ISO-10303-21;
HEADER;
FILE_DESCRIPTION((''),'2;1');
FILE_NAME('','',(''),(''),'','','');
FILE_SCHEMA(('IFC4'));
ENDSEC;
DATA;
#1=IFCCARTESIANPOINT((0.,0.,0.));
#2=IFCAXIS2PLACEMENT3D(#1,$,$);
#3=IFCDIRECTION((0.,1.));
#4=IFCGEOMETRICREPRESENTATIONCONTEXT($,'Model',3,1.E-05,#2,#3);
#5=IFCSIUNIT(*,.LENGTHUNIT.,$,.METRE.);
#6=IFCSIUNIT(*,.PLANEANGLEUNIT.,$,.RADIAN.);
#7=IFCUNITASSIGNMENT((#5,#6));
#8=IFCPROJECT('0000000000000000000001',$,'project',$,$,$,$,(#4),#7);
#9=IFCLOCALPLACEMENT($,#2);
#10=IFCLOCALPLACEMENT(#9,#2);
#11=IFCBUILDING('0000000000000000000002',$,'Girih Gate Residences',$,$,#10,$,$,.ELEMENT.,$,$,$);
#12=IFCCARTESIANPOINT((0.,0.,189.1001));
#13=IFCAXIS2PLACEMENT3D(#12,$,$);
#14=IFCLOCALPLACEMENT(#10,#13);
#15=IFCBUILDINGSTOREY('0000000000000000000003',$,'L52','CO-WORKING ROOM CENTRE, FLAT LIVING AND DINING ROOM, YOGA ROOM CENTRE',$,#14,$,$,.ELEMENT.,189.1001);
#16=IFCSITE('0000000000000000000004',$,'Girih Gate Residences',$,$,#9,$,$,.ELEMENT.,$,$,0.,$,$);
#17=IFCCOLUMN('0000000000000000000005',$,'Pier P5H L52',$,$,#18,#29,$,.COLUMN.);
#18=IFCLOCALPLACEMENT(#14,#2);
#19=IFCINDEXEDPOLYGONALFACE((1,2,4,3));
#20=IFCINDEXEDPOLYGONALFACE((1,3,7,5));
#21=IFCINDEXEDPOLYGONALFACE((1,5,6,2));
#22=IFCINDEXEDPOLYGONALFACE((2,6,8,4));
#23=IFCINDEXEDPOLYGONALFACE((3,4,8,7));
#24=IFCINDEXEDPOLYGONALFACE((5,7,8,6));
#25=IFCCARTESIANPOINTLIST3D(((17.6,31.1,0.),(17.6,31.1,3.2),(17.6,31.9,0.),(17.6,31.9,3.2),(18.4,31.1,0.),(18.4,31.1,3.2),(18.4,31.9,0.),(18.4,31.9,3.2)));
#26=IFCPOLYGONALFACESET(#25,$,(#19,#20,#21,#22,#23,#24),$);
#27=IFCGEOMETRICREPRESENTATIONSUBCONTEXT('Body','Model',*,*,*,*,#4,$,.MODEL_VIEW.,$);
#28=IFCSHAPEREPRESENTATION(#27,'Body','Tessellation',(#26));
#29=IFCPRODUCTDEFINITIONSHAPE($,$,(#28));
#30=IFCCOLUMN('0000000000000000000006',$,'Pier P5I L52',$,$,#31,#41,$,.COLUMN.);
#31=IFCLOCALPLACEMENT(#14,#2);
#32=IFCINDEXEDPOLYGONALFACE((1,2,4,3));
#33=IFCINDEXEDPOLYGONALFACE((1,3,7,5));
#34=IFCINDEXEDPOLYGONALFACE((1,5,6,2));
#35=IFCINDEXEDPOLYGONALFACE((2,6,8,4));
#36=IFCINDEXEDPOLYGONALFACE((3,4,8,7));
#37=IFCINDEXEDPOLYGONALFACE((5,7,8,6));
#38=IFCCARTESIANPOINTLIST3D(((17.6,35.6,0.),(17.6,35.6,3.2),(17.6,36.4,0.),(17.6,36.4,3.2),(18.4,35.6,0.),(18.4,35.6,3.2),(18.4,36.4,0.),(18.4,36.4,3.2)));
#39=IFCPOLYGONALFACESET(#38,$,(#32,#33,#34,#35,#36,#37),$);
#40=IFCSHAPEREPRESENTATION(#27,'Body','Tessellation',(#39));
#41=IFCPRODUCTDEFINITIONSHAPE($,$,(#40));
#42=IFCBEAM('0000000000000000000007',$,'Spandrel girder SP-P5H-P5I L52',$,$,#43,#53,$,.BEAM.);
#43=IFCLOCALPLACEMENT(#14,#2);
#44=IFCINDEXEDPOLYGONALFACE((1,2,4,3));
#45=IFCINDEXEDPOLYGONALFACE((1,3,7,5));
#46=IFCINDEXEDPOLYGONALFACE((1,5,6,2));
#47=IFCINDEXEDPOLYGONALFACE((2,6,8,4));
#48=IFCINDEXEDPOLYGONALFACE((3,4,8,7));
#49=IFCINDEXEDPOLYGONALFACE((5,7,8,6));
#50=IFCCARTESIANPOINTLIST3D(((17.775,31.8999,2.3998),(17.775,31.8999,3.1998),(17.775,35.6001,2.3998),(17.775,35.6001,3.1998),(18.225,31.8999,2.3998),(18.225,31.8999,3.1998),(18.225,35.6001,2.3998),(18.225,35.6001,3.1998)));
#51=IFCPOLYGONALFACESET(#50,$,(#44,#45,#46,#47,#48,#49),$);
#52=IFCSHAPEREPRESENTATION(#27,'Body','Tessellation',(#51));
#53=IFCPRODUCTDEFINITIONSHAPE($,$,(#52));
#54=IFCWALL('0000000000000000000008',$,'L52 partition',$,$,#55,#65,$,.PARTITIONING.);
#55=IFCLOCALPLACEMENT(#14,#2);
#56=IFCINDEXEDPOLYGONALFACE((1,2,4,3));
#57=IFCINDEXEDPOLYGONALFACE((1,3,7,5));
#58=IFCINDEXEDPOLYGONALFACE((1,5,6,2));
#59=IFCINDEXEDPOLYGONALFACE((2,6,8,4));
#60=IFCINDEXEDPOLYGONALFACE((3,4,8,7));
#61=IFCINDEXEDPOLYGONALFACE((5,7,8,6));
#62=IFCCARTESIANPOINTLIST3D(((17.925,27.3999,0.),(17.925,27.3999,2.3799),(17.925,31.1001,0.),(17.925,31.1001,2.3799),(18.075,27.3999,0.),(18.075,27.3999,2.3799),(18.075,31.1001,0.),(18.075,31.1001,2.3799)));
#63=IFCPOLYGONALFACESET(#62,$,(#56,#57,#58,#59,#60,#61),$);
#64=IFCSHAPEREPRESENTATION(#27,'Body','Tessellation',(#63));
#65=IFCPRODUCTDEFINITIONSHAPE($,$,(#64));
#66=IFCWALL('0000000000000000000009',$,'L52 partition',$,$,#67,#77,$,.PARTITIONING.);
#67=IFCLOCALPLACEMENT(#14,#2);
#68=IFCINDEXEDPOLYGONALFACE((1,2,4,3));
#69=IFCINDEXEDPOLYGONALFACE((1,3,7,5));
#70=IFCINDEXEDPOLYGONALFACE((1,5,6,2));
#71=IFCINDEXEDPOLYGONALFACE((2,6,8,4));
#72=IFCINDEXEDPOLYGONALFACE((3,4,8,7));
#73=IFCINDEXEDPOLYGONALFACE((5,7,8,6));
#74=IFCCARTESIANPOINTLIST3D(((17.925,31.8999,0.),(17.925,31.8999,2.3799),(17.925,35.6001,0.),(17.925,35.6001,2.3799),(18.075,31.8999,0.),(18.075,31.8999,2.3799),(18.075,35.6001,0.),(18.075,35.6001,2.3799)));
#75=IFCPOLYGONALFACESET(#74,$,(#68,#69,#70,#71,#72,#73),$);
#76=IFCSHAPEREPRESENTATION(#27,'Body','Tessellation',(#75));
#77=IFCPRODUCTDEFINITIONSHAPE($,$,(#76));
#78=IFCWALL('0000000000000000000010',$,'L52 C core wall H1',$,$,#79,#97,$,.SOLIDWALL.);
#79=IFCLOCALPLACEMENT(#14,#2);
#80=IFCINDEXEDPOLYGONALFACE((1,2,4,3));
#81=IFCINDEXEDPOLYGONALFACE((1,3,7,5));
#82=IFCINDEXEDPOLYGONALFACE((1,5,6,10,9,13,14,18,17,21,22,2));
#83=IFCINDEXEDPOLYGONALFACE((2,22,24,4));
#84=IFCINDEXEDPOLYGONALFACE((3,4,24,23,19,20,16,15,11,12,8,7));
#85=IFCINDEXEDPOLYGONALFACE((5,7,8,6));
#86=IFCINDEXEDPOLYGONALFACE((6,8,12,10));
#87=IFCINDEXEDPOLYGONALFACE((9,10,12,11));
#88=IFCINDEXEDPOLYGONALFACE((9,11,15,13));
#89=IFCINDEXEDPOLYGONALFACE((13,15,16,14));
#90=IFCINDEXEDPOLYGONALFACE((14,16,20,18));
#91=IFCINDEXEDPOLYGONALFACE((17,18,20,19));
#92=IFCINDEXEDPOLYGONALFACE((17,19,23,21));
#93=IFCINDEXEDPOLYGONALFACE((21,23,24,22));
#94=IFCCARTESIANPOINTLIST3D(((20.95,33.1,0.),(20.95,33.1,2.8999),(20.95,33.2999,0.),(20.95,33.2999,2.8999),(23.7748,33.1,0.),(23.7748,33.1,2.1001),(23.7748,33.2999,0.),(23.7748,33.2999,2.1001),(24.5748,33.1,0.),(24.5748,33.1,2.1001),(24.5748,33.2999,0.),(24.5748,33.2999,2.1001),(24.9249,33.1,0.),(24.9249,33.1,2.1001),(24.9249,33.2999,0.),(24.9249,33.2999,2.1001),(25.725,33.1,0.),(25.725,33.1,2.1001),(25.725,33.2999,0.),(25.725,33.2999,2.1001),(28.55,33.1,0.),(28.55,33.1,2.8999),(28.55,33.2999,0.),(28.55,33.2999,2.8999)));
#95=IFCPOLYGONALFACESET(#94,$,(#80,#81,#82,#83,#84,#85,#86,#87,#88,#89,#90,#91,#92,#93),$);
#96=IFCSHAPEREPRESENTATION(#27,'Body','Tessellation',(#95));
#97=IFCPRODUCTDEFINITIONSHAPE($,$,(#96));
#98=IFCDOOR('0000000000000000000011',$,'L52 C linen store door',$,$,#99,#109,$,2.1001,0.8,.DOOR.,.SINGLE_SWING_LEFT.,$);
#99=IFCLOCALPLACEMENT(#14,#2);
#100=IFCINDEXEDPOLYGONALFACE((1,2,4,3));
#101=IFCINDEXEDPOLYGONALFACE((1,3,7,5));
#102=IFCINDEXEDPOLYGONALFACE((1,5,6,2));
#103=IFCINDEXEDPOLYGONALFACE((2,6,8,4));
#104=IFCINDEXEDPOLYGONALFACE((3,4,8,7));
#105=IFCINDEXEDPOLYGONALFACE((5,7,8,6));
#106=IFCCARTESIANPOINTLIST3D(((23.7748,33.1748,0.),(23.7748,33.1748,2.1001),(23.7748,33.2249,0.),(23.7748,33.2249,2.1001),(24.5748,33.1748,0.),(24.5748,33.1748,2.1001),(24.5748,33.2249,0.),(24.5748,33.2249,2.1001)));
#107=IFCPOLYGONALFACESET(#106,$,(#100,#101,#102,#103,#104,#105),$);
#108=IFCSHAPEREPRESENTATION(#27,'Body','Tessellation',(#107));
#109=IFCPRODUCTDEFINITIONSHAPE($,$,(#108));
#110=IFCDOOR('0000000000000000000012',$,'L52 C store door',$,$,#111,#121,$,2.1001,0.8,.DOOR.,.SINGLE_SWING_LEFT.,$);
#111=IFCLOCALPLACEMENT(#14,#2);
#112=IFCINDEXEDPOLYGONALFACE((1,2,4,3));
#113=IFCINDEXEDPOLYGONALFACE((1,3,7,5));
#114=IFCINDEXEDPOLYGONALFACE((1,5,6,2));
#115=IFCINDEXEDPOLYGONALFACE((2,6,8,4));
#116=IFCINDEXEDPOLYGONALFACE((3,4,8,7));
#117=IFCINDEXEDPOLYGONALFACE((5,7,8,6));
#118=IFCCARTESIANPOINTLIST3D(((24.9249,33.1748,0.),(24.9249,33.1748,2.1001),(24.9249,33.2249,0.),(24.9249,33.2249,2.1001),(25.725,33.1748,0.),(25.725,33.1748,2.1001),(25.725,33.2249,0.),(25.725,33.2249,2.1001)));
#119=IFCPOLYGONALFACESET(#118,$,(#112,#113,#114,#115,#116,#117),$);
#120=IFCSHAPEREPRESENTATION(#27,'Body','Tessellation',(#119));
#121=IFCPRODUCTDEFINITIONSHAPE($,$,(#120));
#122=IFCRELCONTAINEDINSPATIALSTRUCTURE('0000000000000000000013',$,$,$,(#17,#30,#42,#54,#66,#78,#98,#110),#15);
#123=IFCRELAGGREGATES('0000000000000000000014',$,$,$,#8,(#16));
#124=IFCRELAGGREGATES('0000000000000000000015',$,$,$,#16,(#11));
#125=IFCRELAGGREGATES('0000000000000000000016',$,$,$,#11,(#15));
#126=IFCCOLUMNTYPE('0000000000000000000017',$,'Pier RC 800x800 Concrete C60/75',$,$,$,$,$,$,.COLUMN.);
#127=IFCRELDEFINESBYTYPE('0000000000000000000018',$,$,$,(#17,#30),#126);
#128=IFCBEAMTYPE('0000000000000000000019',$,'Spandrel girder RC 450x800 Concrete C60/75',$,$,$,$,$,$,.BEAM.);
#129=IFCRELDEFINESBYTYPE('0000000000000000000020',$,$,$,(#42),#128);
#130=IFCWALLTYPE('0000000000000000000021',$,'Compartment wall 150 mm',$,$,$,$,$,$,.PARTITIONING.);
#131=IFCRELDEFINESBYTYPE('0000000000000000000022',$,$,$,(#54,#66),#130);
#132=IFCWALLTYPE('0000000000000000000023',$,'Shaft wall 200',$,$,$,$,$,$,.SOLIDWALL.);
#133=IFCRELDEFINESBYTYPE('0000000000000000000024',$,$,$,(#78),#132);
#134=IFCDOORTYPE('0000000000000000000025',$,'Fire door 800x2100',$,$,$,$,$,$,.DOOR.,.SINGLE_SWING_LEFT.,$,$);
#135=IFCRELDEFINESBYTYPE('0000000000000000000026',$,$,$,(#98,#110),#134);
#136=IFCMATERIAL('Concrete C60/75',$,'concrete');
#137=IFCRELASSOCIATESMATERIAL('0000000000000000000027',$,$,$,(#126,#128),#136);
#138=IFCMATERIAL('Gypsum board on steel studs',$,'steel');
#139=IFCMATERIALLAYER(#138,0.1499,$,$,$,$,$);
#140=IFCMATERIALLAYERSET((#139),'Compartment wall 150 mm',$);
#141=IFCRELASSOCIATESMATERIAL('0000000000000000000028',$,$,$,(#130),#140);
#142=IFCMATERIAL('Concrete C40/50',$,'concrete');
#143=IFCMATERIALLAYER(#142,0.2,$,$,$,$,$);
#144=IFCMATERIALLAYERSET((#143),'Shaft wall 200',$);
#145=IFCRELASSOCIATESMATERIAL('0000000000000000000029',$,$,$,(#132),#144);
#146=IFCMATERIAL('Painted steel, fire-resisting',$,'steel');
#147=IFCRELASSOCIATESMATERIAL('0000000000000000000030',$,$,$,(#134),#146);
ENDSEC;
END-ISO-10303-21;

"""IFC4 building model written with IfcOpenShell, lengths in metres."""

from ifc_helpers import new_model, si_unit, direction, frame, frame_2d, origin, origin_2d, place, context, subcontext, project, spatial, rectangle, extrude, material, layer, layer_set, material_profile, profile_set, type_object, element, fill, save


model = new_model("IFC4")

# Units and contexts
model_context = context("Model", 3, precision=1e-05, world=origin(), true_north=direction((0.0, 1.0)))
body_context = subcontext(model_context, "Body", "Model", "MODEL_VIEW")
ifc_project = project(units=[si_unit("LENGTHUNIT", "METRE"), si_unit("PLANEANGLEUNIT", "RADIAN")], contexts=[model_context])

# Site, building, storey
site_placement = place(None, origin())
site = spatial("IfcSite", under=ifc_project, at=site_placement, Name="Girih Gate Residences", CompositionType="ELEMENT", RefElevation=0.0)
building_placement = place(site_placement, origin())
building = spatial("IfcBuilding", under=site, at=building_placement, Name="Girih Gate Residences", CompositionType="ELEMENT")
storey_placement = place(building_placement, frame((0.0, 0.0, 189.1001)))
storey = spatial("IfcBuildingStorey", under=building, at=storey_placement, Name="L52", Description="CO-WORKING ROOM CENTRE, FLAT LIVING AND DINING ROOM, YOGA ROOM CENTRE", CompositionType="ELEMENT", Elevation=189.1001)

# Columns
ifc_material_1 = material(Name="Concrete C60/75", Category="concrete")
ifc_material_profile_1 = material_profile(ifc_material_1, rectangle(XDim=0.8, YDim=0.8, at=origin_2d()))
ifc_profile_set_1 = profile_set([ifc_material_profile_1], Name="Concrete C60/75")
column_type = type_object("IfcColumnType", Name="Pier RC 800x800 Concrete C60/75", PredefinedType="COLUMN", material=ifc_profile_set_1)
for number, where, z_axis, x_axis, name in (
    (1, (18.0, 31.5, 0.0), (0.0, 0.0, 1.0), (1.0, 0.0, 0.0), "Pier P5H L52"),
    (2, (18.0, 36.0, 0.0), (0.0, 0.0, 1.0), (1.0, 0.0, 0.0), "Pier P5I L52"),
):
    element("IfcColumn", number, at=place(storey_placement, frame(where, z_axis=z_axis, x_axis=x_axis)), inside=storey, type_object=column_type, Name=name, PredefinedType="COLUMN", context=body_context, shape_type="SweptSolid", body=[
        extrude(rectangle(XDim=0.8, YDim=0.8, at=origin_2d()), origin(), (0.0, 0.0, 1.0), 3.2),
    ])

# Beam
ifc_material_profile_2 = material_profile(ifc_material_1, rectangle(XDim=0.45, YDim=0.8, at=origin_2d()))
ifc_profile_set_2 = profile_set([ifc_material_profile_2], Name="Concrete C60/75")
beam_type = type_object("IfcBeamType", Name="Spandrel girder RC 450x800 Concrete C60/75", PredefinedType="BEAM", material=ifc_profile_set_2)
beam_placement = place(storey_placement, frame((18.0, 31.8999, 2.7998), z_axis=(0.0, 1.0, 0.0), x_axis=(-1.0, 0.0, 0.0)))
element("IfcBeam", 3, at=beam_placement, inside=storey, type_object=beam_type, Name="Spandrel girder SP-P5H-P5I L52", PredefinedType="BEAM", context=body_context, shape_type="SweptSolid", body=[
    extrude(rectangle(XDim=0.45, YDim=0.8, at=origin_2d()), origin(), (0.0, 0.0, 1.0), 3.7002),
])

# Walls
ifc_material_2 = material(Name="Gypsum board on steel studs", Category="steel")
ifc_layer_1 = layer(ifc_material_2, 0.1499)
ifc_layer_set_1 = layer_set([ifc_layer_1], Name="Compartment wall 150 mm")
wall_type_1 = type_object("IfcWallType", Name="Compartment wall 150 mm", PredefinedType="PARTITIONING", material=ifc_layer_set_1)
for number, where, z_axis, x_axis, name in (
    (4, (18.0, 27.3999, 0.0), (0.0, 0.0, 1.0), (0.0, 1.0, 0.0), "L52 partition"),
    (5, (18.0, 31.8999, 0.0), (0.0, 0.0, 1.0), (0.0, 1.0, 0.0), "L52 partition"),
):
    element("IfcWall", number, at=place(storey_placement, frame(where, z_axis=z_axis, x_axis=x_axis)), inside=storey, type_object=wall_type_1, Name=name, PredefinedType="PARTITIONING", context=body_context, shape_type="SweptSolid", body=[
        extrude(rectangle(XDim=3.7002, YDim=0.1499, at=frame_2d((1.8501, 0.0))), origin(), (0.0, 0.0, 1.0), 2.3799),
    ])

# Wall, openings, doors
ifc_material_3 = material(Name="Concrete C40/50", Category="concrete")
ifc_layer_2 = layer(ifc_material_3, 0.2)
ifc_layer_set_2 = layer_set([ifc_layer_2], Name="Shaft wall 200")
wall_type_2 = type_object("IfcWallType", Name="Shaft wall 200", PredefinedType="SOLIDWALL", material=ifc_layer_set_2)
wall_1_placement = place(storey_placement, frame((20.95, 33.2, 0.0), z_axis=(0.0, 0.0, 1.0), x_axis=(1.0, 0.0, 0.0)))
wall_1 = element("IfcWall", 6, at=wall_1_placement, inside=storey, type_object=wall_type_2, Name="L52 C core wall H1", PredefinedType="SOLIDWALL", context=body_context, shape_type="SweptSolid", body=[
    extrude(rectangle(XDim=7.6001, YDim=0.2, at=frame_2d((3.8, 0.0))), origin(), (0.0, 0.0, 1.0), 2.8999),
])
opening_1_placement = place(wall_1_placement, frame((2.825, 0.0, 0.0)))
opening_1 = element("IfcOpeningElement", 7, at=opening_1_placement, cuts=wall_1, PredefinedType="OPENING", context=body_context, shape_type="SweptSolid", body=[
    extrude(rectangle(XDim=0.8, YDim=2.1001, at=frame_2d((0.3999, 1.05))), frame((0.0, 0.1099, 0.0), z_axis=(0.0, -1.0, 0.0), x_axis=(1.0, 0.0, 0.0)), (0.0, 0.0, 1.0), 0.22),
])
opening_2_placement = place(wall_1_placement, frame((3.9751, 0.0, 0.0)))
opening_2 = element("IfcOpeningElement", 8, at=opening_2_placement, cuts=wall_1, PredefinedType="OPENING", context=body_context, shape_type="SweptSolid", body=[
    extrude(rectangle(XDim=0.8, YDim=2.1001, at=frame_2d((0.3999, 1.05))), frame((0.0, 0.1099, 0.0), z_axis=(0.0, -1.0, 0.0), x_axis=(1.0, 0.0, 0.0)), (0.0, 0.0, 1.0), 0.22),
])
ifc_material_4 = material(Name="Painted steel, fire-resisting", Category="steel")
door_type_1 = type_object("IfcDoorType", Name="Fire door 800x2100", OperationType="SINGLE_SWING_LEFT", PredefinedType="DOOR", material=ifc_material_4)
door_1_placement = place(opening_1_placement, origin())
door_1 = element("IfcDoor", 9, at=door_1_placement, inside=storey, type_object=door_type_1, Name="L52 C linen store door", OperationType="SINGLE_SWING_LEFT", OverallHeight=2.1001, OverallWidth=0.8, PredefinedType="DOOR", context=body_context, shape_type="SweptSolid", body=[
    extrude(rectangle(XDim=0.8, YDim=2.1001, at=frame_2d((0.3999, 1.05))), frame((0.0, 0.0249, 0.0), z_axis=(0.0, -1.0, 0.0), x_axis=(1.0, 0.0, 0.0)), (0.0, 0.0, 1.0), 0.05),
])
fill(opening_1, door_1)
door_2_placement = place(opening_2_placement, origin())
door_2 = element("IfcDoor", 10, at=door_2_placement, inside=storey, type_object=door_type_1, Name="L52 C store door", OperationType="SINGLE_SWING_LEFT", OverallHeight=2.1001, OverallWidth=0.8, PredefinedType="DOOR", context=body_context, shape_type="SweptSolid", body=[
    extrude(rectangle(XDim=0.8, YDim=2.1001, at=frame_2d((0.3999, 1.05))), frame((0.0, 0.0249, 0.0), z_axis=(0.0, -1.0, 0.0), x_axis=(1.0, 0.0, 0.0)), (0.0, 0.0, 1.0), 0.05),
])
fill(opening_2, door_2)

save(model, "model.ifc")
